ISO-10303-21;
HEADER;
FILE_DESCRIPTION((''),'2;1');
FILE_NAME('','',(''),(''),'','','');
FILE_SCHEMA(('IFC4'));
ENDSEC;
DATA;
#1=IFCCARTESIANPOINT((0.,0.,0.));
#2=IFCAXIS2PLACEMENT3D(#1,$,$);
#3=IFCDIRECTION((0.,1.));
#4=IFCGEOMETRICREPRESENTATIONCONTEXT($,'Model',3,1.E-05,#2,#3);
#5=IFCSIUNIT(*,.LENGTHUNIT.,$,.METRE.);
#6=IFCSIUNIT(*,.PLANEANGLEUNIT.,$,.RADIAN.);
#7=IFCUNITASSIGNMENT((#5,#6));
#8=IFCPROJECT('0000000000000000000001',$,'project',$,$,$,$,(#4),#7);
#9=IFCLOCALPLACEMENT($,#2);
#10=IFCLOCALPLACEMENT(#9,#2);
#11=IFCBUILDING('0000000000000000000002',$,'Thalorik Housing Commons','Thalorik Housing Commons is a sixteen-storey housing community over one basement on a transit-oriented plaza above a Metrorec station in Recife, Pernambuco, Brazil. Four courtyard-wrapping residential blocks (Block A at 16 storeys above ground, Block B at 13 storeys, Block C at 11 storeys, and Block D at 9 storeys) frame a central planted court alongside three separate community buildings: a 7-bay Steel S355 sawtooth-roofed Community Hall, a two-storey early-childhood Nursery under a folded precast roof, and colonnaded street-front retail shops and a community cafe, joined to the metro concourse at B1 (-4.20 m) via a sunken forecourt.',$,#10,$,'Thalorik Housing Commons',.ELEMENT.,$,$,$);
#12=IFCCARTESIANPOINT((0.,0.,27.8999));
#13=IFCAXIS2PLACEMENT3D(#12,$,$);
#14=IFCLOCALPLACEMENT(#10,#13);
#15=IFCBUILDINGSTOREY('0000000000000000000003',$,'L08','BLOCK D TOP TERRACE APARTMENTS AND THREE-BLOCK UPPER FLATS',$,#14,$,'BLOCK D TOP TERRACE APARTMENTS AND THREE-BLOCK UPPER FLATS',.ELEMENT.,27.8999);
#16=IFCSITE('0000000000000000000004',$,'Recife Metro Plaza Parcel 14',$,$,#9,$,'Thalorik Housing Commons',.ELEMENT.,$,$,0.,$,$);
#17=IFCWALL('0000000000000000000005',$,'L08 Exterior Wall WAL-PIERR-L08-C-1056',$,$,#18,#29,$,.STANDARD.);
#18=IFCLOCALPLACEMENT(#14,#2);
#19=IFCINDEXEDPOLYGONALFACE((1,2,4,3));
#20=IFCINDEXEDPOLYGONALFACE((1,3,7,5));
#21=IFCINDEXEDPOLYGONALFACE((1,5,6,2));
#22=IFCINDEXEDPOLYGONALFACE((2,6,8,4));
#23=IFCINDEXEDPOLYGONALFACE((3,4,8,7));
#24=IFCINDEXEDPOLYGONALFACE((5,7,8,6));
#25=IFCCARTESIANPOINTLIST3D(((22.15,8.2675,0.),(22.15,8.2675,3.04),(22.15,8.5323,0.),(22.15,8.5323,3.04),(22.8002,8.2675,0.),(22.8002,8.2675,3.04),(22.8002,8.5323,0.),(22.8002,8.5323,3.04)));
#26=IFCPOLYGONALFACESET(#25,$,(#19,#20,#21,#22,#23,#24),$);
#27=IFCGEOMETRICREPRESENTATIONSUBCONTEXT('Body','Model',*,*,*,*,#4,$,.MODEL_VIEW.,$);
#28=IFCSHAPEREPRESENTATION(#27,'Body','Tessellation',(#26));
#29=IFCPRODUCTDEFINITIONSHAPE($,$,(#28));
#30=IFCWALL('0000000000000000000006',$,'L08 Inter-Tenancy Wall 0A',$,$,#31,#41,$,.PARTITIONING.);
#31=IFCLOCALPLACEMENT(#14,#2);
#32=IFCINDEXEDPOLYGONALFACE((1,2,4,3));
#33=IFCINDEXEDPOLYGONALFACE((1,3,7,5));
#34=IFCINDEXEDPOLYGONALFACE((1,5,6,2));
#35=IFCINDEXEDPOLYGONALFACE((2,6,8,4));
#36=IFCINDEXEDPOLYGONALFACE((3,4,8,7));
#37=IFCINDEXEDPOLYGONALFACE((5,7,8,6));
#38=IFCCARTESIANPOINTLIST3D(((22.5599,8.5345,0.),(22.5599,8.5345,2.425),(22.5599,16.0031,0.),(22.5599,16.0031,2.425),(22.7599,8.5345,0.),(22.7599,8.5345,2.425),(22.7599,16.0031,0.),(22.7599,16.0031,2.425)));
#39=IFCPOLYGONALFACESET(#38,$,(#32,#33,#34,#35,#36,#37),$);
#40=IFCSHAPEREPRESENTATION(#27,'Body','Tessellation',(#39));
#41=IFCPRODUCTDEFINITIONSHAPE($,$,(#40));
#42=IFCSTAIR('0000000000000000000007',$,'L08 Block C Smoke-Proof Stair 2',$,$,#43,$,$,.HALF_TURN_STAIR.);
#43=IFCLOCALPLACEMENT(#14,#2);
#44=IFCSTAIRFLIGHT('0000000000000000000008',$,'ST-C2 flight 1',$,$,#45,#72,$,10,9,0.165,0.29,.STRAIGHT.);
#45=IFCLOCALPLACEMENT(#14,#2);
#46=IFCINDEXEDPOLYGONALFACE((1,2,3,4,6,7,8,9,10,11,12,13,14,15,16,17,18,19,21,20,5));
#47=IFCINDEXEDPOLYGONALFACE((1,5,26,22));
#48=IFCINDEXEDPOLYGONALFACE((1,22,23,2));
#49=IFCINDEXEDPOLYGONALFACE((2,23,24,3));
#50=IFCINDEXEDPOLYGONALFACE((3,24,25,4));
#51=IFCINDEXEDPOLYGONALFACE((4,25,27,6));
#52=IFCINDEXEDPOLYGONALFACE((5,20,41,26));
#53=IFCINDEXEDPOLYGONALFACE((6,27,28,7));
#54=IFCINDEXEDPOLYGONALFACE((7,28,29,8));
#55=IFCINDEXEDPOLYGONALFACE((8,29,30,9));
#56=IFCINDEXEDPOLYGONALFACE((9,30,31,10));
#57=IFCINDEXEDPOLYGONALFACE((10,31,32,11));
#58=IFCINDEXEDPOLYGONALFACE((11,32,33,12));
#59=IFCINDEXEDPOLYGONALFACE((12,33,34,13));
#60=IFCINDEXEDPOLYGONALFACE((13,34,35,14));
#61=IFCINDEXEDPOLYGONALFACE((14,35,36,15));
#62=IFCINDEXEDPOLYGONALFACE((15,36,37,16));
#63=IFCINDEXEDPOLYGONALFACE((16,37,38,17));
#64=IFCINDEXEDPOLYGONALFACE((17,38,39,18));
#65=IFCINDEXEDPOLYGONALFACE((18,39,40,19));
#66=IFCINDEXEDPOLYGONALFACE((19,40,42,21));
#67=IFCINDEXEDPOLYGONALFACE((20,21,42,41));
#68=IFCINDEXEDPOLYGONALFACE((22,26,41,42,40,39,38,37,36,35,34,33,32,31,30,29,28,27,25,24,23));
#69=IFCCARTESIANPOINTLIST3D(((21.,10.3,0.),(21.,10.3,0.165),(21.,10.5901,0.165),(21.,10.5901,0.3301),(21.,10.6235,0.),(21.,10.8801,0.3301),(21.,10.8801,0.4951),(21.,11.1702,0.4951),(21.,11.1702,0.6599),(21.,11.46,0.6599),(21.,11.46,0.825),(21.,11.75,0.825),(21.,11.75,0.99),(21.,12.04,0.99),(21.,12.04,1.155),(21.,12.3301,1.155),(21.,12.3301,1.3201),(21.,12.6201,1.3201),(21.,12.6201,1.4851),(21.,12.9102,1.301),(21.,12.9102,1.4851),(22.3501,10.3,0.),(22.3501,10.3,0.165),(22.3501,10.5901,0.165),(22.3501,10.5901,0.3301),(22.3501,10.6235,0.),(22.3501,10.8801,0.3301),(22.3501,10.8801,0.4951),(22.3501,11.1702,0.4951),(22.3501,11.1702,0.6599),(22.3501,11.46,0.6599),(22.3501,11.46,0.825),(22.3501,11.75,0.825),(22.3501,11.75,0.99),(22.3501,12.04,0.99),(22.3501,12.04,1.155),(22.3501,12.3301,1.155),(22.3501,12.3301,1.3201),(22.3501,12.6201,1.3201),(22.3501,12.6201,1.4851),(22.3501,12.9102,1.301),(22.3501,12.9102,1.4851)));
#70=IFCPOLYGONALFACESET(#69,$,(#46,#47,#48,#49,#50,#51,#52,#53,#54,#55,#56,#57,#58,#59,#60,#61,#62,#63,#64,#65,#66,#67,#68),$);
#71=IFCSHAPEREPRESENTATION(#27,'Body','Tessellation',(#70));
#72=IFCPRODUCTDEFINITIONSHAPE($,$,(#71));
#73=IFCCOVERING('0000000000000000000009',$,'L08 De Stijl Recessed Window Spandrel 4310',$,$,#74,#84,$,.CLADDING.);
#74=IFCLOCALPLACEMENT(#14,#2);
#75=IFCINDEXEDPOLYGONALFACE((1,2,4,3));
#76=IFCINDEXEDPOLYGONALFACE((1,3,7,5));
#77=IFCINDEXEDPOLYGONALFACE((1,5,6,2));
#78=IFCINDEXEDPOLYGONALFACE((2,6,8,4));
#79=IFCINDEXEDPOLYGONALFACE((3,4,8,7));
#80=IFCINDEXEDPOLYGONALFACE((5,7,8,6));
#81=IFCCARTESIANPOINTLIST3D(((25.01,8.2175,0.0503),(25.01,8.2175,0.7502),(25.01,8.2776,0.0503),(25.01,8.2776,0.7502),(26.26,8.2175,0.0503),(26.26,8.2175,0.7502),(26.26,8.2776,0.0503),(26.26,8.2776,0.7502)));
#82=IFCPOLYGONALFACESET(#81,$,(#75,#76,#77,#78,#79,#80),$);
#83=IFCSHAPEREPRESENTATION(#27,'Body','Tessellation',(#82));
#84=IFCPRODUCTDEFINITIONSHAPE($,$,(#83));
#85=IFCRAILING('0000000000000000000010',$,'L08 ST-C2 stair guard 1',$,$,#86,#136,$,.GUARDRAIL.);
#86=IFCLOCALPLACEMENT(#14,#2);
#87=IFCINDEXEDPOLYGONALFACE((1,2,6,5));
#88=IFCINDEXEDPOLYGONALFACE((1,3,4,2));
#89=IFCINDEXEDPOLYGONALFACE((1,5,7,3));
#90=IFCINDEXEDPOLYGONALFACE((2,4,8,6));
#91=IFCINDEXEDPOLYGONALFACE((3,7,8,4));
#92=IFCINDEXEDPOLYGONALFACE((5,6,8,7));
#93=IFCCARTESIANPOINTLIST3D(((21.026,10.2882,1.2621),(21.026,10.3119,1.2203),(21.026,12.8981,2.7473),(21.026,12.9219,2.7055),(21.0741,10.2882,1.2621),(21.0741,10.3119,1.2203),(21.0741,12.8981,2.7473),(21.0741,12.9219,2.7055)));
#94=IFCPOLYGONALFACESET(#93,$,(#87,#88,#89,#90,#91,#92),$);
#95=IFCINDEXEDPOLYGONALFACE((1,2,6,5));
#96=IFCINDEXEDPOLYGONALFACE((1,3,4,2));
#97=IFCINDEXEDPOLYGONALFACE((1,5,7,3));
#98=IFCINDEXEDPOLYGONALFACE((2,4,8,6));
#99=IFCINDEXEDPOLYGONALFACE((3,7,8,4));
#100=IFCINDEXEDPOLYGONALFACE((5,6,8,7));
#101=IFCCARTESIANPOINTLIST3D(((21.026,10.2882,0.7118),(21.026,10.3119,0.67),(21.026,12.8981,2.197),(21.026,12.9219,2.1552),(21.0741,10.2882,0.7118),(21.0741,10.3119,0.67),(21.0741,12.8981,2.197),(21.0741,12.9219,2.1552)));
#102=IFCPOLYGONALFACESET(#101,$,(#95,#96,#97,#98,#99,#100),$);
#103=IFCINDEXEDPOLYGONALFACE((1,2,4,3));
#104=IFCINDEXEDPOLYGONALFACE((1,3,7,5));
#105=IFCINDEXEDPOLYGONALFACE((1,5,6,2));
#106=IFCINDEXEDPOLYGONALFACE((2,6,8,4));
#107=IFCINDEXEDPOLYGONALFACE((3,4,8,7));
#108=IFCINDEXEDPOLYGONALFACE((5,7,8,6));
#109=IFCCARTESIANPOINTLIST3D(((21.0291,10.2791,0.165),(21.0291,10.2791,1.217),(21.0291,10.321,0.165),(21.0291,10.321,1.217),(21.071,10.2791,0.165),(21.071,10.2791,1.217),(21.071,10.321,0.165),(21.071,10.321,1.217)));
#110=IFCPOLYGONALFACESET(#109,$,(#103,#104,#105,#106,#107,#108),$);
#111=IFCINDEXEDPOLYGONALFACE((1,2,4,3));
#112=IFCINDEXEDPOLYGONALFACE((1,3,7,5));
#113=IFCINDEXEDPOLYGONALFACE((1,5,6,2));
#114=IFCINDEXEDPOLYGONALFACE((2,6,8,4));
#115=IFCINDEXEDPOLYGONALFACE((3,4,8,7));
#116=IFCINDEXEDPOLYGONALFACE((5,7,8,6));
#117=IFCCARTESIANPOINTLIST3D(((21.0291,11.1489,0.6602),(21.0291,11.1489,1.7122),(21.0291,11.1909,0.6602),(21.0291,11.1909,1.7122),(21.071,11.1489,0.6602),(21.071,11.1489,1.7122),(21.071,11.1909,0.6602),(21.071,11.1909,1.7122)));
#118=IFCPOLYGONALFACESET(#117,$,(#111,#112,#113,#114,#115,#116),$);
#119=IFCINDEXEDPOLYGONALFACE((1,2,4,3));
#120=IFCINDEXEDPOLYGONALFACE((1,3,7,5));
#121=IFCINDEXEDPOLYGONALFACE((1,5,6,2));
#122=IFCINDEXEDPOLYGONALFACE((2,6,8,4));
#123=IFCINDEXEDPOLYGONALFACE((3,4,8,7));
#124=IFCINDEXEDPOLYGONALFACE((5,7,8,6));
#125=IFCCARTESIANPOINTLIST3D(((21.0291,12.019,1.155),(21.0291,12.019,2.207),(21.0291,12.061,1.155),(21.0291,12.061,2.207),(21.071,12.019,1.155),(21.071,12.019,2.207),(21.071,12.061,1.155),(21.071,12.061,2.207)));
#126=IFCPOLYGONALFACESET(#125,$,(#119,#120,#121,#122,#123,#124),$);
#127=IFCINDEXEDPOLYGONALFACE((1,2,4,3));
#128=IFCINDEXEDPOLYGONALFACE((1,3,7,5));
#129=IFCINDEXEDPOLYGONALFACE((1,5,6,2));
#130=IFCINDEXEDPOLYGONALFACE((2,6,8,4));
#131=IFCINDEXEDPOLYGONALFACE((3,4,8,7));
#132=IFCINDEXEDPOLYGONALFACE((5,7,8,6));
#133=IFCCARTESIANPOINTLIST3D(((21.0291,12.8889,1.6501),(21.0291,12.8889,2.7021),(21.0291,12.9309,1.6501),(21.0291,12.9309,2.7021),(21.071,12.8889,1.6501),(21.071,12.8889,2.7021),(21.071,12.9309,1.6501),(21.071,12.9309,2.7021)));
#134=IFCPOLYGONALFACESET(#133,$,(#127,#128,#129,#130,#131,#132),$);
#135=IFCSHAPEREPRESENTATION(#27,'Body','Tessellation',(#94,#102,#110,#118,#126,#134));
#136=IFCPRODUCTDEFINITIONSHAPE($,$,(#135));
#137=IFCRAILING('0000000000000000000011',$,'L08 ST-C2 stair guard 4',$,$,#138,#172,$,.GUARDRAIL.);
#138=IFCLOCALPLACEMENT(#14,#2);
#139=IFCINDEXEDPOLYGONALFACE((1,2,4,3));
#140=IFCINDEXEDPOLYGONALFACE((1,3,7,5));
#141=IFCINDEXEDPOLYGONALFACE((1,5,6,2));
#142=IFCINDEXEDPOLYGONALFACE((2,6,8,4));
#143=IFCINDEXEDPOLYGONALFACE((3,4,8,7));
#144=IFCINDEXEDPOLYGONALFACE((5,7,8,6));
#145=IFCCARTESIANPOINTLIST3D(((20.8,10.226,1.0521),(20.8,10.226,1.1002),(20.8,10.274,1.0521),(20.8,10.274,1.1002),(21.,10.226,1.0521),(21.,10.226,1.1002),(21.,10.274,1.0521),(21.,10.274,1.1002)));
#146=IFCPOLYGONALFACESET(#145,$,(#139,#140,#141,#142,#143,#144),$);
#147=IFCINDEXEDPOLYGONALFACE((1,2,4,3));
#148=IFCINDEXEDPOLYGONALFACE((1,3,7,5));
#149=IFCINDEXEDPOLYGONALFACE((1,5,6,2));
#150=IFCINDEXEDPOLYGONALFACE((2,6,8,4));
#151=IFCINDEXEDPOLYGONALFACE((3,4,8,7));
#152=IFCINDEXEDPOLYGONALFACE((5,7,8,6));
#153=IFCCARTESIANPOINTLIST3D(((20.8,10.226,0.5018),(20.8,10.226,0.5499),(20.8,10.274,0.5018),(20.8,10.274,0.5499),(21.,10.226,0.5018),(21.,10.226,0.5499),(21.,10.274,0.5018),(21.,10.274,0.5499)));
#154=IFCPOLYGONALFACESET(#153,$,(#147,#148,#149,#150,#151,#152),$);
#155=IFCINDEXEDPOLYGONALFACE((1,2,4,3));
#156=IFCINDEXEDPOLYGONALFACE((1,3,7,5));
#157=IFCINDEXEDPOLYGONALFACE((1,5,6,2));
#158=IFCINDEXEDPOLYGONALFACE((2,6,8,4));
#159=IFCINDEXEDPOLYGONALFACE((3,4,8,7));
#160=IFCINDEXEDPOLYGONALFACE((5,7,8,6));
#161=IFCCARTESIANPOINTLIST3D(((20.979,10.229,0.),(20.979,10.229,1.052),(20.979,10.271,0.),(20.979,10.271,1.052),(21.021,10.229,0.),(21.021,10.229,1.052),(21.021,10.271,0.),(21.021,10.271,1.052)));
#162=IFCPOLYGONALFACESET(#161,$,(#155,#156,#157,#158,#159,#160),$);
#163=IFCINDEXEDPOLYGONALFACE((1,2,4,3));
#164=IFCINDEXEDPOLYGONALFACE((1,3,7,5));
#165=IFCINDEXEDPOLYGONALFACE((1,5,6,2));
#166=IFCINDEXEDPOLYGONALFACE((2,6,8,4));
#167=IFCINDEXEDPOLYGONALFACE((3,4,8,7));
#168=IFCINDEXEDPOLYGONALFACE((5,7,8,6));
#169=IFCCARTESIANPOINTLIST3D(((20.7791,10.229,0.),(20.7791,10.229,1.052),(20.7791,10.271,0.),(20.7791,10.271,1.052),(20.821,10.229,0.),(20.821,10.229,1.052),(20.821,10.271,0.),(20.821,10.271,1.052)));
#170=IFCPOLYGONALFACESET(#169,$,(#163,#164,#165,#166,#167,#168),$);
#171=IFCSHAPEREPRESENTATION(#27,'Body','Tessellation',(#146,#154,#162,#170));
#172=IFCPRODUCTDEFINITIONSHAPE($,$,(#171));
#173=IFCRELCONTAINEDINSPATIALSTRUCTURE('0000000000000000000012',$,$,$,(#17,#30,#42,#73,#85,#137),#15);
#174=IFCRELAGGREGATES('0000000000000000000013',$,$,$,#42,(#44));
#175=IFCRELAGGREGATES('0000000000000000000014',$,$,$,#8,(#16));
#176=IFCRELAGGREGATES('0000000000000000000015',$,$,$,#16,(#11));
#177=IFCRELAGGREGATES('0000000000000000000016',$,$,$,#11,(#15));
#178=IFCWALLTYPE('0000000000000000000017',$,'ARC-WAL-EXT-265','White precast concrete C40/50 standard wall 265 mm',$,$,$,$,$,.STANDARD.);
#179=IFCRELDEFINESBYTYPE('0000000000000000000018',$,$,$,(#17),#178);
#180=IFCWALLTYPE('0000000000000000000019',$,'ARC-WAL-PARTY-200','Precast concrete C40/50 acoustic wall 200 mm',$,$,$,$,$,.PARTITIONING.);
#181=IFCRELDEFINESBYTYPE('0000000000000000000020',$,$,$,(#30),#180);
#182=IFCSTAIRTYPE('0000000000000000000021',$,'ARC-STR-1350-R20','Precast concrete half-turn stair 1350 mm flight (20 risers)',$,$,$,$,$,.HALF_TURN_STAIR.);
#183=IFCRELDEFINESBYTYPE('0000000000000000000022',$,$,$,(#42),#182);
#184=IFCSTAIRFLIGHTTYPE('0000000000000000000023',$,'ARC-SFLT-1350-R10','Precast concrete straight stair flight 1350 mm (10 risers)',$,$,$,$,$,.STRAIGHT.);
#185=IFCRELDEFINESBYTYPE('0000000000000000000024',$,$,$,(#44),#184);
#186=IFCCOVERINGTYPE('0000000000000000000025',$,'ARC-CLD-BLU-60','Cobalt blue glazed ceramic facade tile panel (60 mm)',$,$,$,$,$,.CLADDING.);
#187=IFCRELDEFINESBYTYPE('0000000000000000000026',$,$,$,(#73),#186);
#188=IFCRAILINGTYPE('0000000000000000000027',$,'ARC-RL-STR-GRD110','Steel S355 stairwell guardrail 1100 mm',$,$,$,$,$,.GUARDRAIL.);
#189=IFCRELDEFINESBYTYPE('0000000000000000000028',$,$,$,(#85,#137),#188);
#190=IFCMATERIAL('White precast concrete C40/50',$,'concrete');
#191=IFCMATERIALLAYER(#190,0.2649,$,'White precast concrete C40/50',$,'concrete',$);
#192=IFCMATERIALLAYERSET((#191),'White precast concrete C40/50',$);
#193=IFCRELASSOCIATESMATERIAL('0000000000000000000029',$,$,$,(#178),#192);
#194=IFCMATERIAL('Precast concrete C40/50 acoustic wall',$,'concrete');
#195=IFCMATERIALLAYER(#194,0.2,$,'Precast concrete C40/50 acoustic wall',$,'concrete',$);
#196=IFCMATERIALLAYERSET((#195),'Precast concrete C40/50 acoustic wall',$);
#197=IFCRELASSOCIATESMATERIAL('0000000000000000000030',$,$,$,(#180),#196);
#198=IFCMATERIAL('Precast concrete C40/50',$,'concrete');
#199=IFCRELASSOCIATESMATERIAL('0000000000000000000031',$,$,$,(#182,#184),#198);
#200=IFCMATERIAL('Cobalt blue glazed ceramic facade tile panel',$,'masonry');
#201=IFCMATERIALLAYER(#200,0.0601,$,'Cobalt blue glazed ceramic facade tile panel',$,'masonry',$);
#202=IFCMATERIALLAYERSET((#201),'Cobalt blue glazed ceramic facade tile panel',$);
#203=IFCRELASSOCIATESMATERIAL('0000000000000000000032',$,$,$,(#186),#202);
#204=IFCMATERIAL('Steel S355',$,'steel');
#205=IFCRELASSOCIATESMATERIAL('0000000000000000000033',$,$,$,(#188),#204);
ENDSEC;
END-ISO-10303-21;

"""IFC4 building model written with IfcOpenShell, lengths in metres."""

from ifc_helpers import new_model, si_unit, direction, frame, frame_2d, origin, origin_2d, place, context, subcontext, project, spatial, polyline, rectangle, outline, extrude, material, layer, layer_set, type_object, element, aggregate, save


model = new_model("IFC4")

# Units and contexts
model_context = context("Model", 3, precision=1e-05, world=origin(), true_north=direction((0.0, 1.0)))
body_context = subcontext(model_context, "Body", "Model", "MODEL_VIEW")
ifc_project = project(units=[si_unit("LENGTHUNIT", "METRE"), si_unit("PLANEANGLEUNIT", "RADIAN")], contexts=[model_context])

# Site, building, storey
site_placement = place(None, origin())
site = spatial("IfcSite", under=ifc_project, at=site_placement, Name="Recife Metro Plaza Parcel 14", LongName="Thalorik Housing Commons", CompositionType="ELEMENT", RefElevation=0.0)
building_placement = place(site_placement, origin())
building = spatial("IfcBuilding", under=site, at=building_placement, Name="Thalorik Housing Commons", Description="Thalorik Housing Commons is a sixteen-storey housing community over one basement on a transit-oriented plaza above a Metrorec station in Recife, Pernambuco, Brazil. Four courtyard-wrapping residential blocks (Block A at 16 storeys above ground, Block B at 13 storeys, Block C at 11 storeys, and Block D at 9 storeys) frame a central planted court alongside three separate community buildings: a 7-bay Steel S355 sawtooth-roofed Community Hall, a two-storey early-childhood Nursery under a folded precast roof, and colonnaded street-front retail shops and a community cafe, joined to the metro concourse at B1 (-4.20 m) via a sunken forecourt.", LongName="Thalorik Housing Commons", CompositionType="ELEMENT")
storey_placement = place(building_placement, frame((0.0, 0.0, 27.8999)))
storey = spatial("IfcBuildingStorey", under=building, at=storey_placement, Name="L08", Description="BLOCK D TOP TERRACE APARTMENTS AND THREE-BLOCK UPPER FLATS", LongName="BLOCK D TOP TERRACE APARTMENTS AND THREE-BLOCK UPPER FLATS", CompositionType="ELEMENT", Elevation=27.8999)

# Shared definitions
ifc_material_1 = material(Name="Precast concrete C40/50", Category="concrete")

# Shared definitions
ifc_material_2 = material(Name="Steel S355", Category="steel")

# Wall
ifc_material_3 = material(Name="White precast concrete C40/50", Category="concrete")
ifc_layer_1 = layer(ifc_material_3, 0.2649, Name="White precast concrete C40/50", Category="concrete")
ifc_layer_set_1 = layer_set([ifc_layer_1], Name="White precast concrete C40/50")
wall_type_1 = type_object("IfcWallType", Name="ARC-WAL-EXT-265", Description="White precast concrete C40/50 standard wall 265 mm", PredefinedType="STANDARD", material=ifc_layer_set_1)
wall_1_placement = place(storey_placement, frame((22.1499, 8.3999, 0.0), z_axis=(0.0, 0.0, 1.0), x_axis=(1.0, 0.0, 0.0)))
element("IfcWall", 1, at=wall_1_placement, inside=storey, type_object=wall_type_1, Name="L08 Exterior Wall WAL-PIERR-L08-C-1056", PredefinedType="STANDARD", context=body_context, shape_type="SweptSolid", body=[
    extrude(rectangle(XDim=0.6501, YDim=0.2649, at=frame_2d((0.3252, 0.0))), origin(), (0.0, 0.0, 1.0), 3.04),
])

# Wall
ifc_material_4 = material(Name="Precast concrete C40/50 acoustic wall", Category="concrete")
ifc_layer_2 = layer(ifc_material_4, 0.2, Name="Precast concrete C40/50 acoustic wall", Category="concrete")
ifc_layer_set_2 = layer_set([ifc_layer_2], Name="Precast concrete C40/50 acoustic wall")
wall_type_2 = type_object("IfcWallType", Name="ARC-WAL-PARTY-200", Description="Precast concrete C40/50 acoustic wall 200 mm", PredefinedType="PARTITIONING", material=ifc_layer_set_2)
wall_2_placement = place(storey_placement, frame((22.6599, 8.5344, 0.0), z_axis=(0.0, 0.0, 1.0), x_axis=(0.0, 1.0, 0.0)))
element("IfcWall", 2, at=wall_2_placement, inside=storey, type_object=wall_type_2, Name="L08 Inter-Tenancy Wall 0A", PredefinedType="PARTITIONING", context=body_context, shape_type="SweptSolid", body=[
    extrude(rectangle(XDim=7.4685, YDim=0.2, at=frame_2d((3.7344, 0.0))), origin(), (0.0, 0.0, 1.0), 2.425),
])

# Stair, stair flight
stair_type = type_object("IfcStairType", Name="ARC-STR-1350-R20", Description="Precast concrete half-turn stair 1350 mm flight (20 risers)", PredefinedType="HALF_TURN_STAIR", material=ifc_material_1)
stair_placement = place(storey_placement, origin())
stair = element("IfcStair", 3, at=stair_placement, inside=storey, type_object=stair_type, Name="L08 Block C Smoke-Proof Stair 2", PredefinedType="HALF_TURN_STAIR")
stair_flight_type = type_object("IfcStairFlightType", Name="ARC-SFLT-1350-R10", Description="Precast concrete straight stair flight 1350 mm (10 risers)", PredefinedType="STRAIGHT", material=ifc_material_1)
stair_flight_placement = place(storey_placement, frame((21.675, 10.3, 0.0), z_axis=(0.0, 0.0, 1.0), x_axis=(0.0, 1.0, 0.0)))
stair_flight = element("IfcStairFlight", 4, at=stair_flight_placement, type_object=stair_flight_type, Name="ST-C2 flight 1", NumberOfRisers=10, NumberOfTreads=9, PredefinedType="STRAIGHT", RiserHeight=0.165, TreadLength=0.29, context=body_context, shape_type="SweptSolid", body=[
    extrude(outline(polyline([(0.0, 0.0), (0.0, 0.165), (0.29, 0.165), (0.29, 0.3301), (0.5801, 0.3301), (0.5801, 0.4951), (0.8701, 0.4951), (0.8701, 0.6599), (1.1599, 0.6599), (1.1599, 0.825), (1.45, 0.825), (1.45, 0.99), (1.74, 0.99), (1.74, 1.155), (2.03, 1.155), (2.03, 1.3201), (2.3201, 1.3201), (2.3201, 1.4851), (2.6101, 1.4851), (2.6101, 1.6499), (2.6101, 1.301), (0.3235, 0.0), (0.0, 0.0)])), frame((0.0, 0.675, 0.0), z_axis=(0.0, -1.0, 0.0), x_axis=(1.0, 0.0, 0.0)), (0.0, 0.0, 1.0), 1.3501),
])
aggregate(stair, [stair_flight])

# Covering
ifc_material_5 = material(Name="Cobalt blue glazed ceramic facade tile panel", Category="masonry")
ifc_layer_3 = layer(ifc_material_5, 0.0601, Name="Cobalt blue glazed ceramic facade tile panel", Category="masonry")
ifc_layer_set_3 = layer_set([ifc_layer_3], Name="Cobalt blue glazed ceramic facade tile panel")
covering_type_1 = type_object("IfcCoveringType", Name="ARC-CLD-BLU-60", Description="Cobalt blue glazed ceramic facade tile panel (60 mm)", PredefinedType="CLADDING", material=ifc_layer_set_3)
covering_1_placement = place(storey_placement, frame((25.635, 8.2476, 0.0503), z_axis=(0.0, 0.0, 1.0), x_axis=(1.0, 0.0, 0.0)))
element("IfcCovering", 5, at=covering_1_placement, inside=storey, type_object=covering_type_1, Name="L08 De Stijl Recessed Window Spandrel 4310", PredefinedType="CLADDING", context=body_context, shape_type="SweptSolid", body=[
    extrude(rectangle(XDim=1.25, YDim=0.0601, at=origin_2d()), origin(), (0.0, 0.0, 1.0), 0.7),
])

# Railings
railing_type_1 = type_object("IfcRailingType", Name="ARC-RL-STR-GRD110", Description="Steel S355 stairwell guardrail 1100 mm", PredefinedType="GUARDRAIL", material=ifc_material_2)
railing_1_placement = place(storey_placement, frame((21.05, 10.3, 0.165)))
element("IfcRailing", 6, at=railing_1_placement, inside=storey, type_object=railing_type_1, Name="L08 ST-C2 stair guard 1", PredefinedType="GUARDRAIL", context=body_context, shape_type="SweptSolid", body=[
    extrude(rectangle(XDim=0.0481, YDim=0.0481, at=origin_2d()), frame((0.0, 0.0, 1.0762), z_axis=(0.0, 0.869137, 0.494571), x_axis=(-1.0, 0.0, 0.0)), (0.0, 0.0, 1.0), 3.0029),
    extrude(rectangle(XDim=0.0481, YDim=0.0481, at=origin_2d()), frame((0.0, 0.0, 0.5259), z_axis=(0.0, 0.869137, 0.494571), x_axis=(-1.0, 0.0, 0.0)), (0.0, 0.0, 1.0), 3.0029),
    extrude(rectangle(XDim=0.042, YDim=0.042, at=origin_2d()), origin(), (0.0, 0.0, 1.0), 1.052),
    extrude(rectangle(XDim=0.042, YDim=0.042, at=origin_2d()), frame((0.0, 0.8699, 0.4951)), (0.0, 0.0, 1.0), 1.052),
    extrude(rectangle(XDim=0.042, YDim=0.042, at=origin_2d()), frame((0.0, 1.74, 0.99)), (0.0, 0.0, 1.0), 1.052),
    extrude(rectangle(XDim=0.042, YDim=0.042, at=origin_2d()), frame((0.0, 2.6099, 1.4851)), (0.0, 0.0, 1.0), 1.052),
])
railing_2_placement = place(storey_placement, frame((21.0, 10.25, 0.0)))
element("IfcRailing", 7, at=railing_2_placement, inside=storey, type_object=railing_type_1, Name="L08 ST-C2 stair guard 4", PredefinedType="GUARDRAIL", context=body_context, shape_type="SweptSolid", body=[
    extrude(rectangle(XDim=0.0481, YDim=0.0481, at=origin_2d()), frame((0.0, 0.0, 1.0762), z_axis=(-1.0, 0.0, 0.0), x_axis=(0.0, -1.0, 0.0)), (0.0, 0.0, 1.0), 0.2),
    extrude(rectangle(XDim=0.0481, YDim=0.0481, at=origin_2d()), frame((0.0, 0.0, 0.5259), z_axis=(-1.0, 0.0, 0.0), x_axis=(0.0, -1.0, 0.0)), (0.0, 0.0, 1.0), 0.2),
    extrude(rectangle(XDim=0.042, YDim=0.042, at=origin_2d()), origin(), (0.0, 0.0, 1.0), 1.052),
    extrude(rectangle(XDim=0.042, YDim=0.042, at=origin_2d()), frame((-0.2, 0.0, 0.0)), (0.0, 0.0, 1.0), 1.052),
])

save(model, "model.ifc")
